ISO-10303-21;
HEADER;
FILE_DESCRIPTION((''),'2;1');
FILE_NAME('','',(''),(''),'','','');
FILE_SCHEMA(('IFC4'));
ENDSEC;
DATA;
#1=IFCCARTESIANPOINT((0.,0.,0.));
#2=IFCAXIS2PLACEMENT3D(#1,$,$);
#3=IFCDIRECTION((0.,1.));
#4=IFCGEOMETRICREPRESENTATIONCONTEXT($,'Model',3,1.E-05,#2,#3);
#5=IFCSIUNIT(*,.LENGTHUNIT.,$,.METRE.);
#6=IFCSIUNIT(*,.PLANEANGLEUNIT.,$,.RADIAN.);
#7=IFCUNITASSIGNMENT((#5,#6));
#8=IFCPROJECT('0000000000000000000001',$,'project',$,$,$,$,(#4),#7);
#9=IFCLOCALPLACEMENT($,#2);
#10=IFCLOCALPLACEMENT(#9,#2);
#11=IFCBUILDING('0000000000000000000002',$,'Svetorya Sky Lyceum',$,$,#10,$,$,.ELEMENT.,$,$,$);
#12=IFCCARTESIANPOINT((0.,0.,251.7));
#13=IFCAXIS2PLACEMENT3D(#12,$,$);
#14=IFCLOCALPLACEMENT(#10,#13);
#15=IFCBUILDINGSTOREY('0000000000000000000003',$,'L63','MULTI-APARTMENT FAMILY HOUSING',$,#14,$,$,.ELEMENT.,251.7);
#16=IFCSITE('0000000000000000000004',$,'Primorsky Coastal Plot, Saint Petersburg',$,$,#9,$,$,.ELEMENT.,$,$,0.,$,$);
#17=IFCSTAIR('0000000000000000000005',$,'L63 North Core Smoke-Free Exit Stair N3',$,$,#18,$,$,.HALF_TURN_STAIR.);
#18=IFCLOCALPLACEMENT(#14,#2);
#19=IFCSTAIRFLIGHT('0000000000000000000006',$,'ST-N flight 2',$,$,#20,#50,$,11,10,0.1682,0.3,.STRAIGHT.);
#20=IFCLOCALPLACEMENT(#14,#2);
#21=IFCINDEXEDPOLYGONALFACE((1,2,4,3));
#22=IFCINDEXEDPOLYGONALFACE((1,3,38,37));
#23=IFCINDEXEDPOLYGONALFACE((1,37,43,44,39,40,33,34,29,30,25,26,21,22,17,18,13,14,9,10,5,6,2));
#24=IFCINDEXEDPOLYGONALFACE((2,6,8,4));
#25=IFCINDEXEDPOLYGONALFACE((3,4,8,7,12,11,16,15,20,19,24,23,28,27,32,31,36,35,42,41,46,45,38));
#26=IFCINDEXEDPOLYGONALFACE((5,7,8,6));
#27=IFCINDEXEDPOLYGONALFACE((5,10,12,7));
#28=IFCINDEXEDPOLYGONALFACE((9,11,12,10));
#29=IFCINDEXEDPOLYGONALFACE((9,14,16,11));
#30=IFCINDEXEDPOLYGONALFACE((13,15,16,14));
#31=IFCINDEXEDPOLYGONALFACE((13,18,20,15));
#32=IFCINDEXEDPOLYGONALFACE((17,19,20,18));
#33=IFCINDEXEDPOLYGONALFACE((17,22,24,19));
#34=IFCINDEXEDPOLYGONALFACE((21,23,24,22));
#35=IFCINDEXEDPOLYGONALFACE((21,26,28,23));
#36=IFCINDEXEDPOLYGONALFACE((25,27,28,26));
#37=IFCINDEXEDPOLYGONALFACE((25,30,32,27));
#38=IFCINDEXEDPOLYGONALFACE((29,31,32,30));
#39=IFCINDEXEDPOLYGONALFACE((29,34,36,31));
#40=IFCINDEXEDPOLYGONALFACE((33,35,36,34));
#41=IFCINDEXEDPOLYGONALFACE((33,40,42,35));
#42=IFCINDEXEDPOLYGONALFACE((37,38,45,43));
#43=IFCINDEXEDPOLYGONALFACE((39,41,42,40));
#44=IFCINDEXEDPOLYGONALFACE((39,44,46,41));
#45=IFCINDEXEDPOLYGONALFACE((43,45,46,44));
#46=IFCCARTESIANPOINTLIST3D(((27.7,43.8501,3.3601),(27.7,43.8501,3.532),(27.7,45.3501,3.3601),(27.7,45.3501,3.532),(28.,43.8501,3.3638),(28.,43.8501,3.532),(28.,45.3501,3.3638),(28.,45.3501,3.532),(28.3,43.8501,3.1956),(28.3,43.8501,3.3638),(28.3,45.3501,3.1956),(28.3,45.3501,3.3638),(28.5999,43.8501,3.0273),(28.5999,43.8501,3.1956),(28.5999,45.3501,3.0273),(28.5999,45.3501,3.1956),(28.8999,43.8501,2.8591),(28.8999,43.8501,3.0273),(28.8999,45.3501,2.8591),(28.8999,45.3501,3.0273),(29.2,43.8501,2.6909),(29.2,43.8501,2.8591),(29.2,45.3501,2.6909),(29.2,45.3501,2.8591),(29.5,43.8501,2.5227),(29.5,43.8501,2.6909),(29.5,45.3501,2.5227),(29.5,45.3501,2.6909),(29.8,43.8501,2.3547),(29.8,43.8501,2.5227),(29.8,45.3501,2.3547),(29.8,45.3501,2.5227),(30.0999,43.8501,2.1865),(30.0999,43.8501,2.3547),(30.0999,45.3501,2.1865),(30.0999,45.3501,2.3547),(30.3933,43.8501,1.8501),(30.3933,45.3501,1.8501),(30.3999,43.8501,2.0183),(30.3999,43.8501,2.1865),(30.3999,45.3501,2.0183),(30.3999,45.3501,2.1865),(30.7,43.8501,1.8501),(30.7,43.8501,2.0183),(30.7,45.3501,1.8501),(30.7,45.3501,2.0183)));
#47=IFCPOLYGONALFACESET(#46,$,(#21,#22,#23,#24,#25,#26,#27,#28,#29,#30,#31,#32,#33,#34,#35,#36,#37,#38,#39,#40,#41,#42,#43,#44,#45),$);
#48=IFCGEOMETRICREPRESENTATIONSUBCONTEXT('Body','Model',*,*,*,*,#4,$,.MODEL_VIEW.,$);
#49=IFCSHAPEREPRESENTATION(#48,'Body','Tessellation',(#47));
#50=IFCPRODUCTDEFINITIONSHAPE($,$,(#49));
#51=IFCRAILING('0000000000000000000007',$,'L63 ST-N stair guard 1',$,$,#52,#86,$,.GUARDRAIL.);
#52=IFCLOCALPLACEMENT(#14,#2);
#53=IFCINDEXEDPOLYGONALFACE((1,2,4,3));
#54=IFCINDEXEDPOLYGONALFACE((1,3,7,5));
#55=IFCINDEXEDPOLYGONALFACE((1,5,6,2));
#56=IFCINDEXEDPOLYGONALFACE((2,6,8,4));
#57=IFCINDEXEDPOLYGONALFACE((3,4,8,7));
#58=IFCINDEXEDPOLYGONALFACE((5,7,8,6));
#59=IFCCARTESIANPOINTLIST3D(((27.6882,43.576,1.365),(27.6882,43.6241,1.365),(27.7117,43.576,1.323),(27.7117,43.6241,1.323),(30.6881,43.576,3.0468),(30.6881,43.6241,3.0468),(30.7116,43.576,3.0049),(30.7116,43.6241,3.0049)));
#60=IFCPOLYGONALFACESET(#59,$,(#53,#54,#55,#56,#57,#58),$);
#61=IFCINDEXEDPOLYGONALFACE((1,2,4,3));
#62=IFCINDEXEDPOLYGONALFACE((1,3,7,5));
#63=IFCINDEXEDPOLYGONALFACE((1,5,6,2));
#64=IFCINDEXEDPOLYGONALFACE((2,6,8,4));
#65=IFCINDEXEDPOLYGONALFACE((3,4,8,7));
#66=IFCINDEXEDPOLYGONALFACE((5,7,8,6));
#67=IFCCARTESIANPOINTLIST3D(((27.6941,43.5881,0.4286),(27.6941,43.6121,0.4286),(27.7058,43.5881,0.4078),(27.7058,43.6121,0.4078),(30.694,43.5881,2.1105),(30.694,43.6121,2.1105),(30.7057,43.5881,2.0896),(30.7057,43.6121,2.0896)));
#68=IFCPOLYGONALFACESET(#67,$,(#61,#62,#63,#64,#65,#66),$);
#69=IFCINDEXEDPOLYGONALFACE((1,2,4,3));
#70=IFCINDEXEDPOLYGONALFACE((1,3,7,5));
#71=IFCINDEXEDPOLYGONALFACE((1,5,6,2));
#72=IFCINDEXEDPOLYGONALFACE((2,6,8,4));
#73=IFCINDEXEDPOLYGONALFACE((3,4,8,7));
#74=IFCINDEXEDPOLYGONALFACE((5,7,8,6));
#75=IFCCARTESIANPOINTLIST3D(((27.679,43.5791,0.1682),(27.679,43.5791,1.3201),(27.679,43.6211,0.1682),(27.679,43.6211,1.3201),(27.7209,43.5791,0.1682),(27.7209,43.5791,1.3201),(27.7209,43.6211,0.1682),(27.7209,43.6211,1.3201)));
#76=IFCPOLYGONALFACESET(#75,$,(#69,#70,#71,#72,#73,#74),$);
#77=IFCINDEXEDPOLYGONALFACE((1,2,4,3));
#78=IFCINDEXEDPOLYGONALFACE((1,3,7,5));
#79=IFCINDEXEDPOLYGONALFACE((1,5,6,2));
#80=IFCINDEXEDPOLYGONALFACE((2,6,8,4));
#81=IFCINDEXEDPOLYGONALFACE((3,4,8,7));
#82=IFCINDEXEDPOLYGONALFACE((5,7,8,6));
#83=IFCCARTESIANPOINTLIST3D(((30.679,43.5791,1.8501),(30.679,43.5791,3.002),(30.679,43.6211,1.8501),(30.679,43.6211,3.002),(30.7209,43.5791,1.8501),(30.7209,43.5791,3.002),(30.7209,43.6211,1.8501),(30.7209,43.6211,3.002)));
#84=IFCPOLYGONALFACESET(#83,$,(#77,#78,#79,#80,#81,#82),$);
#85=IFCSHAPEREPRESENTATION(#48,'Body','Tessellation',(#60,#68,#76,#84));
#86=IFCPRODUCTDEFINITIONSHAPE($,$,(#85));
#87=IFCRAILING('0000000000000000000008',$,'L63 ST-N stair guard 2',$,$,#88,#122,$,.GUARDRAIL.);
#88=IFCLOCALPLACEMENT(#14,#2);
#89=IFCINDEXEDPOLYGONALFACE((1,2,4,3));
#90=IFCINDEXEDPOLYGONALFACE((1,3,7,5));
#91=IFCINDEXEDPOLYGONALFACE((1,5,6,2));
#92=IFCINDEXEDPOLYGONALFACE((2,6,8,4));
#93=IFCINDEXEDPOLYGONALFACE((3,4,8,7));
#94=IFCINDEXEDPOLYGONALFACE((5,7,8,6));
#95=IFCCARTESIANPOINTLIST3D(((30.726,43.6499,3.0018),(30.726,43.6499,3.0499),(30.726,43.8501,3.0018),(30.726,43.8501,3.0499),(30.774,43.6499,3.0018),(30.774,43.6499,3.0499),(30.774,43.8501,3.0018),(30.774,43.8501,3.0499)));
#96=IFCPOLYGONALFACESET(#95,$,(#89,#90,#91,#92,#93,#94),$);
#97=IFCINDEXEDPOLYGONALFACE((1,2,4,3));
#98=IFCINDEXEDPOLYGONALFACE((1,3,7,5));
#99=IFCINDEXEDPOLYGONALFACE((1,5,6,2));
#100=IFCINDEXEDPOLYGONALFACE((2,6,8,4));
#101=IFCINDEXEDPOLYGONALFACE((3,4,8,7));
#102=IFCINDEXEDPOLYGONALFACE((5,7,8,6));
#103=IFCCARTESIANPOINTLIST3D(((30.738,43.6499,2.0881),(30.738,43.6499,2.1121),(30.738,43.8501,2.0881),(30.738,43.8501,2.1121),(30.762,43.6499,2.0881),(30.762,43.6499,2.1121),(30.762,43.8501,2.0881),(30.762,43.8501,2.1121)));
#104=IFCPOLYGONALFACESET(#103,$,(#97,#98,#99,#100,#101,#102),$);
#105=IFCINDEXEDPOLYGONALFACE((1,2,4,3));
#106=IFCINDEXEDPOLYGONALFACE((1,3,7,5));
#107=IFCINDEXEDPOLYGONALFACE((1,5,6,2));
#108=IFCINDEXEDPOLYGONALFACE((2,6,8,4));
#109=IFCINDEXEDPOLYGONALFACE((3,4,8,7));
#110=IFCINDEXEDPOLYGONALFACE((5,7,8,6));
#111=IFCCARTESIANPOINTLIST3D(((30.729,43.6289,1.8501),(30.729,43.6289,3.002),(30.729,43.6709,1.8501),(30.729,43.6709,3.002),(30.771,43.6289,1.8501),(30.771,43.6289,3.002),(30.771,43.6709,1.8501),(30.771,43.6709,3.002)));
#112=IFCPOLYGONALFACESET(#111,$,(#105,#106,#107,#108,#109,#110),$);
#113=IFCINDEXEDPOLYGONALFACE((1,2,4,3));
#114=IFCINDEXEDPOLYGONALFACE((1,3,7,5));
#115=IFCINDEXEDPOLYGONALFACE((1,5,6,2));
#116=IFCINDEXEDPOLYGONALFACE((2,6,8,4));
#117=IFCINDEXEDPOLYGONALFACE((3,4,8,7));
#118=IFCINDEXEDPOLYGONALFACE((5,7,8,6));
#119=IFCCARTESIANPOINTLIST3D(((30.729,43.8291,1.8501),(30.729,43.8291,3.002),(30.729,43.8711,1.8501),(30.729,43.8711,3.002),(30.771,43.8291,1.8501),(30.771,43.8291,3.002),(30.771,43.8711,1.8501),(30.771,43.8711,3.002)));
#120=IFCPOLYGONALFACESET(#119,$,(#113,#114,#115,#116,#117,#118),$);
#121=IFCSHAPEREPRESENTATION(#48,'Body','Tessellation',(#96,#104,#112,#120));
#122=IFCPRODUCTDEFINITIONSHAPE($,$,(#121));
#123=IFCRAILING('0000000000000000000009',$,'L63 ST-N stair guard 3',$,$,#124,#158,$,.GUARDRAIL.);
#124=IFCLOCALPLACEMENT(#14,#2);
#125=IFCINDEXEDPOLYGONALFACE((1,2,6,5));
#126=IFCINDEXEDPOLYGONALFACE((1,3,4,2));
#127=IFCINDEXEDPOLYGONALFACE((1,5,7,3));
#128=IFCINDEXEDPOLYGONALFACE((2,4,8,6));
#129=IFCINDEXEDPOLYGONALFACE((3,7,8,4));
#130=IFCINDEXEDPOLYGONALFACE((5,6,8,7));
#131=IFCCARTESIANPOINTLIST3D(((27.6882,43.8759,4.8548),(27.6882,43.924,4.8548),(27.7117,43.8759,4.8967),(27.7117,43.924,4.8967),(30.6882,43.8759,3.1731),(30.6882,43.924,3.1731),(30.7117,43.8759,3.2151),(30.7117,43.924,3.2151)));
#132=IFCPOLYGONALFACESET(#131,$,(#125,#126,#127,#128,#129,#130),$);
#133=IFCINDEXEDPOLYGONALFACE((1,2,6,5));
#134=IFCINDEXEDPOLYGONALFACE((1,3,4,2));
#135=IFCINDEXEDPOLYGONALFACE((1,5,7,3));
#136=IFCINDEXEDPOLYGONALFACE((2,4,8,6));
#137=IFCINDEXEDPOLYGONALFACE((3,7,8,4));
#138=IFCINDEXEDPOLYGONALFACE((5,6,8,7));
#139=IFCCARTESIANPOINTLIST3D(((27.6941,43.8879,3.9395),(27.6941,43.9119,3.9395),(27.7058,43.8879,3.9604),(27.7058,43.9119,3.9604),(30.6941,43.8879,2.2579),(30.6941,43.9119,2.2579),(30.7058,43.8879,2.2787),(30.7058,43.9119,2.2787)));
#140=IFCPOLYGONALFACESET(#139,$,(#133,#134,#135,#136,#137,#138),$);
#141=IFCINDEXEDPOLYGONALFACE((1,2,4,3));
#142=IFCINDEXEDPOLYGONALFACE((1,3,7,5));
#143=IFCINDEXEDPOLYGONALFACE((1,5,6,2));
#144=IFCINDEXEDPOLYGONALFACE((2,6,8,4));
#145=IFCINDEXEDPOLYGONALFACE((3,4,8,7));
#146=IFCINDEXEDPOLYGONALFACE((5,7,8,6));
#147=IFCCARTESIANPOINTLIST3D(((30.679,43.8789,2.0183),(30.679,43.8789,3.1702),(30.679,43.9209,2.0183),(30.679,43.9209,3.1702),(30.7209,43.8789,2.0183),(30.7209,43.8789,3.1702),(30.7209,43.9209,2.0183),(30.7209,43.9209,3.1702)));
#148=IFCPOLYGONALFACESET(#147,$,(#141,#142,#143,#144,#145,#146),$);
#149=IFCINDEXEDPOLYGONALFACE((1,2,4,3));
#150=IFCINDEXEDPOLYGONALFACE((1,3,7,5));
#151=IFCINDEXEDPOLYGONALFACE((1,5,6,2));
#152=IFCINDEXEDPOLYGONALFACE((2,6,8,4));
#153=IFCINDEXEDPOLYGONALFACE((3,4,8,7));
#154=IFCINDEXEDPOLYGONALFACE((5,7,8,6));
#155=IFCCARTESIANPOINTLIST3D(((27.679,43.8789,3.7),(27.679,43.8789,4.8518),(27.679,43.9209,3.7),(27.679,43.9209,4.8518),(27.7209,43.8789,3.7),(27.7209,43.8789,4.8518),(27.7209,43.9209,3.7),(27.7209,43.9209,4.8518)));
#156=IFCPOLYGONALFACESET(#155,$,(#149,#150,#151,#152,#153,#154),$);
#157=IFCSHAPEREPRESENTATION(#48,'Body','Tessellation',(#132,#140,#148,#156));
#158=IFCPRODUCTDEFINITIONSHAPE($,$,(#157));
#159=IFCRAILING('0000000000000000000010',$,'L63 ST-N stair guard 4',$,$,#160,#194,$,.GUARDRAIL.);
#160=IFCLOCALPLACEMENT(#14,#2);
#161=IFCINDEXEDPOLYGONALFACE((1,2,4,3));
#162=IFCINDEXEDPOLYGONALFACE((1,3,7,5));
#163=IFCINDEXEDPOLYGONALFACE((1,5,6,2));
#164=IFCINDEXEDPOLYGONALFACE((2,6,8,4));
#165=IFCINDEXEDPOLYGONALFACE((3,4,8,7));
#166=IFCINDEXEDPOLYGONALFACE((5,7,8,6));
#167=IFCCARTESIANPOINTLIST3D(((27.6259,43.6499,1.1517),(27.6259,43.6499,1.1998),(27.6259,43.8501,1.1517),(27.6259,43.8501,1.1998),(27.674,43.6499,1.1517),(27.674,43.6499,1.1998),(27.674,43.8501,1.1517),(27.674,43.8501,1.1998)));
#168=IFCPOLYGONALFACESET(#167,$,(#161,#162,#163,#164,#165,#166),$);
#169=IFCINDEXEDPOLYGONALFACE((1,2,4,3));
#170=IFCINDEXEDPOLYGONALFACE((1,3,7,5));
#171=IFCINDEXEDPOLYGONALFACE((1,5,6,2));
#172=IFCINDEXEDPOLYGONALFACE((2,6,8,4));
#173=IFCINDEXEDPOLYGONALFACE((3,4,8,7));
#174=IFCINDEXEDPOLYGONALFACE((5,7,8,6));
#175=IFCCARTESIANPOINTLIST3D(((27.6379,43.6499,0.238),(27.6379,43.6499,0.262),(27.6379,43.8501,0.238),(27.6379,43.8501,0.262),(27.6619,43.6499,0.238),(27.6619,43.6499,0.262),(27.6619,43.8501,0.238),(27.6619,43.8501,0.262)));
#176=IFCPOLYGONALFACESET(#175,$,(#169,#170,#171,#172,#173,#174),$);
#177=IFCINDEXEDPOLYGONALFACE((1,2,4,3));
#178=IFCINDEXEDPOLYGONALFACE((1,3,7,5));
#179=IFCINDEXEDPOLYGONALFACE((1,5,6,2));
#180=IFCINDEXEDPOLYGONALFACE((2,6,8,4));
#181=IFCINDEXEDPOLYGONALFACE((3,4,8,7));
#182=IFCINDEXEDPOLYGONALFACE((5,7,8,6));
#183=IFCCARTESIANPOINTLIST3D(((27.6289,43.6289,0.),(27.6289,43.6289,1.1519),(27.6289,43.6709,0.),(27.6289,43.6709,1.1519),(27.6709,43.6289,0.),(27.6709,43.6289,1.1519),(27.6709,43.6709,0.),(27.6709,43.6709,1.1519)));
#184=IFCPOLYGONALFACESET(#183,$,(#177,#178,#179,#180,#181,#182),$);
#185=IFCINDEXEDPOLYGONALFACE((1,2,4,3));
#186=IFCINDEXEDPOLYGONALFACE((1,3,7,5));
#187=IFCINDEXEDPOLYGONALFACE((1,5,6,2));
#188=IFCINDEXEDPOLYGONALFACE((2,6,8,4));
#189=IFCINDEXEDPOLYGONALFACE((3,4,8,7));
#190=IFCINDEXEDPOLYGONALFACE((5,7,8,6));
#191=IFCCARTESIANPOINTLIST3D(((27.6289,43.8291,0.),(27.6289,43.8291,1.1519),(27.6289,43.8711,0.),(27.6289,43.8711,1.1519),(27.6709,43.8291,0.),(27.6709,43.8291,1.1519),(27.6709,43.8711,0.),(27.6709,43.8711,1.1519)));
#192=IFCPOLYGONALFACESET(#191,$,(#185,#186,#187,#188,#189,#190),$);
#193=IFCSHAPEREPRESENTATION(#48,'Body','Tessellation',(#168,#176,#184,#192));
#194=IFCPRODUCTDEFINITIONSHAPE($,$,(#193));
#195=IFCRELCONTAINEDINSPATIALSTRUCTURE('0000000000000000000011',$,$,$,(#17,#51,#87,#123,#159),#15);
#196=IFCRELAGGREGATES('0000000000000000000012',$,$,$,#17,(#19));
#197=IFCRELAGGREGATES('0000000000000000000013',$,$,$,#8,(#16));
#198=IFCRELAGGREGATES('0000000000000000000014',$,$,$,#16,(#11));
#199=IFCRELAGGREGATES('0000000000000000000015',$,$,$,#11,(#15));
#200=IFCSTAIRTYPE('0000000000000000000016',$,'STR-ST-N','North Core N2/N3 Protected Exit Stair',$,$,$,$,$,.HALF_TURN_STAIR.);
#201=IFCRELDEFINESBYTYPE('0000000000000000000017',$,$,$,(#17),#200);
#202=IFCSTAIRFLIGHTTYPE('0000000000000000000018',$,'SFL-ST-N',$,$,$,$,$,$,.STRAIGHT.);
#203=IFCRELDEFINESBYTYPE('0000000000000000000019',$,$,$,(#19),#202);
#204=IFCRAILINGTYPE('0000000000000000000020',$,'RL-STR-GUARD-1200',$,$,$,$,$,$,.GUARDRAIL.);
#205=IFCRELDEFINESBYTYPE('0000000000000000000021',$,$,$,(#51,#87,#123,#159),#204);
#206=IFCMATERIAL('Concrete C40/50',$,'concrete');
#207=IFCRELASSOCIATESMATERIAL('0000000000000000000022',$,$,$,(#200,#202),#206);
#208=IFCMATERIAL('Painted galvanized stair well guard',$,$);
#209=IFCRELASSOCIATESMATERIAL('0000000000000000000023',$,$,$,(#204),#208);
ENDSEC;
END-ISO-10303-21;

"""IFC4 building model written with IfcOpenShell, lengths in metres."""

from ifc_helpers import new_model, si_unit, direction, frame, origin, origin_2d, place, context, subcontext, project, spatial, polyline, rectangle, outline, extrude, material, type_object, element, aggregate, save


model = new_model("IFC4")

# Units and contexts
model_context = context("Model", 3, precision=1e-05, world=origin(), true_north=direction((0.0, 1.0)))
body_context = subcontext(model_context, "Body", "Model", "MODEL_VIEW")
ifc_project = project(units=[si_unit("LENGTHUNIT", "METRE"), si_unit("PLANEANGLEUNIT", "RADIAN")], contexts=[model_context])

# Site, building, storey
site_placement = place(None, origin())
site = spatial("IfcSite", under=ifc_project, at=site_placement, Name="Primorsky Coastal Plot, Saint Petersburg", CompositionType="ELEMENT", RefElevation=0.0)
building_placement = place(site_placement, origin())
building = spatial("IfcBuilding", under=site, at=building_placement, Name="Svetorya Sky Lyceum", CompositionType="ELEMENT")
storey_placement = place(building_placement, frame((0.0, 0.0, 251.7)))
storey = spatial("IfcBuildingStorey", under=building, at=storey_placement, Name="L63", Description="MULTI-APARTMENT FAMILY HOUSING", CompositionType="ELEMENT", Elevation=251.7)

# Stair, stair flight
ifc_material_1 = material(Name="Concrete C40/50", Category="concrete")
stair_type = type_object("IfcStairType", Name="STR-ST-N", Description="North Core N2/N3 Protected Exit Stair", PredefinedType="HALF_TURN_STAIR", material=ifc_material_1)
stair_placement = place(storey_placement, origin())
stair = element("IfcStair", 1, at=stair_placement, inside=storey, type_object=stair_type, Name="L63 North Core Smoke-Free Exit Stair N3", PredefinedType="HALF_TURN_STAIR")
stair_flight_type = type_object("IfcStairFlightType", Name="SFL-ST-N", PredefinedType="STRAIGHT", material=ifc_material_1)
stair_flight_1_placement = place(storey_placement, frame((30.7, 44.6001, 1.8501), z_axis=(0.0, 0.0, 1.0), x_axis=(-1.0, 0.0, 0.0)))
stair_flight_1 = element("IfcStairFlight", 2, at=stair_flight_1_placement, type_object=stair_flight_type, Name="ST-N flight 2", NumberOfRisers=11, NumberOfTreads=10, PredefinedType="STRAIGHT", RiserHeight=0.1682, TreadLength=0.3, context=body_context, shape_type="SweptSolid", body=[
    extrude(outline(polyline([(0.0, 0.0), (0.0, 0.1682), (0.3, 0.1682), (0.3, 0.3364), (0.6001, 0.3364), (0.6001, 0.5046), (0.8999, 0.5046), (0.8999, 0.6726), (1.2, 0.6726), (1.2, 0.8408), (1.5, 0.8408), (1.5, 1.009), (1.8, 1.009), (1.8, 1.1772), (2.1001, 1.1772), (2.1001, 1.3455), (2.3999, 1.3455), (2.3999, 1.5137), (2.7, 1.5137), (2.7, 1.6819), (3.0, 1.6819), (3.0, 1.8501), (3.0, 1.51), (0.3066, 0.0), (0.0, 0.0)])), frame((0.0, 0.75, 0.0), z_axis=(0.0, -1.0, 0.0), x_axis=(1.0, 0.0, 0.0)), (0.0, 0.0, 1.0), 1.5),
])
aggregate(stair, [stair_flight_1])

# Railings
ifc_material_2 = material(Name="Painted galvanized stair well guard")
railing_type_1 = type_object("IfcRailingType", Name="RL-STR-GUARD-1200", PredefinedType="GUARDRAIL", material=ifc_material_2)
railing_1_placement = place(storey_placement, frame((27.7, 43.6001, 0.1682)))
element("IfcRailing", 3, at=railing_1_placement, inside=storey, type_object=railing_type_1, Name="L63 ST-N stair guard 1", PredefinedType="GUARDRAIL", context=body_context, shape_type="SweptSolid", body=[
    extrude(rectangle(XDim=0.0481, YDim=0.0481, at=origin_2d()), frame((0.0, 0.0, 1.1758), z_axis=(0.872272, 0.0, 0.48902), x_axis=(0.0, 1.0, 0.0)), (0.0, 0.0, 1.0), 3.4392),
    extrude(rectangle(XDim=0.0239, YDim=0.0239, at=origin_2d()), frame((0.0, 0.0, 0.25), z_axis=(0.872272, 0.0, 0.48902), x_axis=(0.0, 1.0, 0.0)), (0.0, 0.0, 1.0), 3.4392),
    extrude(rectangle(XDim=0.042, YDim=0.042, at=origin_2d()), origin(), (0.0, 0.0, 1.0), 1.1519),
    extrude(rectangle(XDim=0.042, YDim=0.042, at=origin_2d()), frame((3.0, 0.0, 1.6819)), (0.0, 0.0, 1.0), 1.1519),
])
railing_2_placement = place(storey_placement, frame((30.75, 43.6499, 1.8501)))
element("IfcRailing", 4, at=railing_2_placement, inside=storey, type_object=railing_type_1, Name="L63 ST-N stair guard 2", PredefinedType="GUARDRAIL", context=body_context, shape_type="SweptSolid", body=[
    extrude(rectangle(XDim=0.0481, YDim=0.0481, at=origin_2d()), frame((0.0, 0.0, 1.1758), z_axis=(0.0, 1.0, 0.0), x_axis=(-1.0, 0.0, 0.0)), (0.0, 0.0, 1.0), 0.2002),
    extrude(rectangle(XDim=0.0239, YDim=0.0239, at=origin_2d()), frame((0.0, 0.0, 0.25), z_axis=(0.0, 1.0, 0.0), x_axis=(-1.0, 0.0, 0.0)), (0.0, 0.0, 1.0), 0.2002),
    extrude(rectangle(XDim=0.042, YDim=0.042, at=origin_2d()), origin(), (0.0, 0.0, 1.0), 1.1519),
    extrude(rectangle(XDim=0.042, YDim=0.042, at=origin_2d()), frame((0.0, 0.2002, 0.0)), (0.0, 0.0, 1.0), 1.1519),
])
railing_3_placement = place(storey_placement, frame((30.7, 43.8999, 2.0183)))
element("IfcRailing", 5, at=railing_3_placement, inside=storey, type_object=railing_type_1, Name="L63 ST-N stair guard 3", PredefinedType="GUARDRAIL", context=body_context, shape_type="SweptSolid", body=[
    extrude(rectangle(XDim=0.0481, YDim=0.0481, at=origin_2d()), frame((0.0, 0.0, 1.1758), z_axis=(-0.872303, 0.0, 0.488966), x_axis=(0.0, -1.0, 0.0)), (0.0, 0.0, 1.0), 3.4392),
    extrude(rectangle(XDim=0.0239, YDim=0.0239, at=origin_2d()), frame((0.0, 0.0, 0.25), z_axis=(-0.872303, 0.0, 0.488966), x_axis=(0.0, -1.0, 0.0)), (0.0, 0.0, 1.0), 3.4392),
    extrude(rectangle(XDim=0.042, YDim=0.042, at=origin_2d()), origin(), (0.0, 0.0, 1.0), 1.1519),
    extrude(rectangle(XDim=0.042, YDim=0.042, at=origin_2d()), frame((-3.0, 0.0, 1.6816)), (0.0, 0.0, 1.0), 1.1519),
])
railing_4_placement = place(storey_placement, frame((27.6499, 43.6499, 0.0)))
element("IfcRailing", 6, at=railing_4_placement, inside=storey, type_object=railing_type_1, Name="L63 ST-N stair guard 4", PredefinedType="GUARDRAIL", context=body_context, shape_type="SweptSolid", body=[
    extrude(rectangle(XDim=0.0481, YDim=0.0481, at=origin_2d()), frame((0.0, 0.0, 1.1758), z_axis=(0.0, 1.0, 0.0), x_axis=(-1.0, 0.0, 0.0)), (0.0, 0.0, 1.0), 0.2002),
    extrude(rectangle(XDim=0.0239, YDim=0.0239, at=origin_2d()), frame((0.0, 0.0, 0.25), z_axis=(0.0, 1.0, 0.0), x_axis=(-1.0, 0.0, 0.0)), (0.0, 0.0, 1.0), 0.2002),
    extrude(rectangle(XDim=0.042, YDim=0.042, at=origin_2d()), origin(), (0.0, 0.0, 1.0), 1.1519),
    extrude(rectangle(XDim=0.042, YDim=0.042, at=origin_2d()), frame((0.0, 0.2002, 0.0)), (0.0, 0.0, 1.0), 1.1519),
])

save(model, "model.ifc")
